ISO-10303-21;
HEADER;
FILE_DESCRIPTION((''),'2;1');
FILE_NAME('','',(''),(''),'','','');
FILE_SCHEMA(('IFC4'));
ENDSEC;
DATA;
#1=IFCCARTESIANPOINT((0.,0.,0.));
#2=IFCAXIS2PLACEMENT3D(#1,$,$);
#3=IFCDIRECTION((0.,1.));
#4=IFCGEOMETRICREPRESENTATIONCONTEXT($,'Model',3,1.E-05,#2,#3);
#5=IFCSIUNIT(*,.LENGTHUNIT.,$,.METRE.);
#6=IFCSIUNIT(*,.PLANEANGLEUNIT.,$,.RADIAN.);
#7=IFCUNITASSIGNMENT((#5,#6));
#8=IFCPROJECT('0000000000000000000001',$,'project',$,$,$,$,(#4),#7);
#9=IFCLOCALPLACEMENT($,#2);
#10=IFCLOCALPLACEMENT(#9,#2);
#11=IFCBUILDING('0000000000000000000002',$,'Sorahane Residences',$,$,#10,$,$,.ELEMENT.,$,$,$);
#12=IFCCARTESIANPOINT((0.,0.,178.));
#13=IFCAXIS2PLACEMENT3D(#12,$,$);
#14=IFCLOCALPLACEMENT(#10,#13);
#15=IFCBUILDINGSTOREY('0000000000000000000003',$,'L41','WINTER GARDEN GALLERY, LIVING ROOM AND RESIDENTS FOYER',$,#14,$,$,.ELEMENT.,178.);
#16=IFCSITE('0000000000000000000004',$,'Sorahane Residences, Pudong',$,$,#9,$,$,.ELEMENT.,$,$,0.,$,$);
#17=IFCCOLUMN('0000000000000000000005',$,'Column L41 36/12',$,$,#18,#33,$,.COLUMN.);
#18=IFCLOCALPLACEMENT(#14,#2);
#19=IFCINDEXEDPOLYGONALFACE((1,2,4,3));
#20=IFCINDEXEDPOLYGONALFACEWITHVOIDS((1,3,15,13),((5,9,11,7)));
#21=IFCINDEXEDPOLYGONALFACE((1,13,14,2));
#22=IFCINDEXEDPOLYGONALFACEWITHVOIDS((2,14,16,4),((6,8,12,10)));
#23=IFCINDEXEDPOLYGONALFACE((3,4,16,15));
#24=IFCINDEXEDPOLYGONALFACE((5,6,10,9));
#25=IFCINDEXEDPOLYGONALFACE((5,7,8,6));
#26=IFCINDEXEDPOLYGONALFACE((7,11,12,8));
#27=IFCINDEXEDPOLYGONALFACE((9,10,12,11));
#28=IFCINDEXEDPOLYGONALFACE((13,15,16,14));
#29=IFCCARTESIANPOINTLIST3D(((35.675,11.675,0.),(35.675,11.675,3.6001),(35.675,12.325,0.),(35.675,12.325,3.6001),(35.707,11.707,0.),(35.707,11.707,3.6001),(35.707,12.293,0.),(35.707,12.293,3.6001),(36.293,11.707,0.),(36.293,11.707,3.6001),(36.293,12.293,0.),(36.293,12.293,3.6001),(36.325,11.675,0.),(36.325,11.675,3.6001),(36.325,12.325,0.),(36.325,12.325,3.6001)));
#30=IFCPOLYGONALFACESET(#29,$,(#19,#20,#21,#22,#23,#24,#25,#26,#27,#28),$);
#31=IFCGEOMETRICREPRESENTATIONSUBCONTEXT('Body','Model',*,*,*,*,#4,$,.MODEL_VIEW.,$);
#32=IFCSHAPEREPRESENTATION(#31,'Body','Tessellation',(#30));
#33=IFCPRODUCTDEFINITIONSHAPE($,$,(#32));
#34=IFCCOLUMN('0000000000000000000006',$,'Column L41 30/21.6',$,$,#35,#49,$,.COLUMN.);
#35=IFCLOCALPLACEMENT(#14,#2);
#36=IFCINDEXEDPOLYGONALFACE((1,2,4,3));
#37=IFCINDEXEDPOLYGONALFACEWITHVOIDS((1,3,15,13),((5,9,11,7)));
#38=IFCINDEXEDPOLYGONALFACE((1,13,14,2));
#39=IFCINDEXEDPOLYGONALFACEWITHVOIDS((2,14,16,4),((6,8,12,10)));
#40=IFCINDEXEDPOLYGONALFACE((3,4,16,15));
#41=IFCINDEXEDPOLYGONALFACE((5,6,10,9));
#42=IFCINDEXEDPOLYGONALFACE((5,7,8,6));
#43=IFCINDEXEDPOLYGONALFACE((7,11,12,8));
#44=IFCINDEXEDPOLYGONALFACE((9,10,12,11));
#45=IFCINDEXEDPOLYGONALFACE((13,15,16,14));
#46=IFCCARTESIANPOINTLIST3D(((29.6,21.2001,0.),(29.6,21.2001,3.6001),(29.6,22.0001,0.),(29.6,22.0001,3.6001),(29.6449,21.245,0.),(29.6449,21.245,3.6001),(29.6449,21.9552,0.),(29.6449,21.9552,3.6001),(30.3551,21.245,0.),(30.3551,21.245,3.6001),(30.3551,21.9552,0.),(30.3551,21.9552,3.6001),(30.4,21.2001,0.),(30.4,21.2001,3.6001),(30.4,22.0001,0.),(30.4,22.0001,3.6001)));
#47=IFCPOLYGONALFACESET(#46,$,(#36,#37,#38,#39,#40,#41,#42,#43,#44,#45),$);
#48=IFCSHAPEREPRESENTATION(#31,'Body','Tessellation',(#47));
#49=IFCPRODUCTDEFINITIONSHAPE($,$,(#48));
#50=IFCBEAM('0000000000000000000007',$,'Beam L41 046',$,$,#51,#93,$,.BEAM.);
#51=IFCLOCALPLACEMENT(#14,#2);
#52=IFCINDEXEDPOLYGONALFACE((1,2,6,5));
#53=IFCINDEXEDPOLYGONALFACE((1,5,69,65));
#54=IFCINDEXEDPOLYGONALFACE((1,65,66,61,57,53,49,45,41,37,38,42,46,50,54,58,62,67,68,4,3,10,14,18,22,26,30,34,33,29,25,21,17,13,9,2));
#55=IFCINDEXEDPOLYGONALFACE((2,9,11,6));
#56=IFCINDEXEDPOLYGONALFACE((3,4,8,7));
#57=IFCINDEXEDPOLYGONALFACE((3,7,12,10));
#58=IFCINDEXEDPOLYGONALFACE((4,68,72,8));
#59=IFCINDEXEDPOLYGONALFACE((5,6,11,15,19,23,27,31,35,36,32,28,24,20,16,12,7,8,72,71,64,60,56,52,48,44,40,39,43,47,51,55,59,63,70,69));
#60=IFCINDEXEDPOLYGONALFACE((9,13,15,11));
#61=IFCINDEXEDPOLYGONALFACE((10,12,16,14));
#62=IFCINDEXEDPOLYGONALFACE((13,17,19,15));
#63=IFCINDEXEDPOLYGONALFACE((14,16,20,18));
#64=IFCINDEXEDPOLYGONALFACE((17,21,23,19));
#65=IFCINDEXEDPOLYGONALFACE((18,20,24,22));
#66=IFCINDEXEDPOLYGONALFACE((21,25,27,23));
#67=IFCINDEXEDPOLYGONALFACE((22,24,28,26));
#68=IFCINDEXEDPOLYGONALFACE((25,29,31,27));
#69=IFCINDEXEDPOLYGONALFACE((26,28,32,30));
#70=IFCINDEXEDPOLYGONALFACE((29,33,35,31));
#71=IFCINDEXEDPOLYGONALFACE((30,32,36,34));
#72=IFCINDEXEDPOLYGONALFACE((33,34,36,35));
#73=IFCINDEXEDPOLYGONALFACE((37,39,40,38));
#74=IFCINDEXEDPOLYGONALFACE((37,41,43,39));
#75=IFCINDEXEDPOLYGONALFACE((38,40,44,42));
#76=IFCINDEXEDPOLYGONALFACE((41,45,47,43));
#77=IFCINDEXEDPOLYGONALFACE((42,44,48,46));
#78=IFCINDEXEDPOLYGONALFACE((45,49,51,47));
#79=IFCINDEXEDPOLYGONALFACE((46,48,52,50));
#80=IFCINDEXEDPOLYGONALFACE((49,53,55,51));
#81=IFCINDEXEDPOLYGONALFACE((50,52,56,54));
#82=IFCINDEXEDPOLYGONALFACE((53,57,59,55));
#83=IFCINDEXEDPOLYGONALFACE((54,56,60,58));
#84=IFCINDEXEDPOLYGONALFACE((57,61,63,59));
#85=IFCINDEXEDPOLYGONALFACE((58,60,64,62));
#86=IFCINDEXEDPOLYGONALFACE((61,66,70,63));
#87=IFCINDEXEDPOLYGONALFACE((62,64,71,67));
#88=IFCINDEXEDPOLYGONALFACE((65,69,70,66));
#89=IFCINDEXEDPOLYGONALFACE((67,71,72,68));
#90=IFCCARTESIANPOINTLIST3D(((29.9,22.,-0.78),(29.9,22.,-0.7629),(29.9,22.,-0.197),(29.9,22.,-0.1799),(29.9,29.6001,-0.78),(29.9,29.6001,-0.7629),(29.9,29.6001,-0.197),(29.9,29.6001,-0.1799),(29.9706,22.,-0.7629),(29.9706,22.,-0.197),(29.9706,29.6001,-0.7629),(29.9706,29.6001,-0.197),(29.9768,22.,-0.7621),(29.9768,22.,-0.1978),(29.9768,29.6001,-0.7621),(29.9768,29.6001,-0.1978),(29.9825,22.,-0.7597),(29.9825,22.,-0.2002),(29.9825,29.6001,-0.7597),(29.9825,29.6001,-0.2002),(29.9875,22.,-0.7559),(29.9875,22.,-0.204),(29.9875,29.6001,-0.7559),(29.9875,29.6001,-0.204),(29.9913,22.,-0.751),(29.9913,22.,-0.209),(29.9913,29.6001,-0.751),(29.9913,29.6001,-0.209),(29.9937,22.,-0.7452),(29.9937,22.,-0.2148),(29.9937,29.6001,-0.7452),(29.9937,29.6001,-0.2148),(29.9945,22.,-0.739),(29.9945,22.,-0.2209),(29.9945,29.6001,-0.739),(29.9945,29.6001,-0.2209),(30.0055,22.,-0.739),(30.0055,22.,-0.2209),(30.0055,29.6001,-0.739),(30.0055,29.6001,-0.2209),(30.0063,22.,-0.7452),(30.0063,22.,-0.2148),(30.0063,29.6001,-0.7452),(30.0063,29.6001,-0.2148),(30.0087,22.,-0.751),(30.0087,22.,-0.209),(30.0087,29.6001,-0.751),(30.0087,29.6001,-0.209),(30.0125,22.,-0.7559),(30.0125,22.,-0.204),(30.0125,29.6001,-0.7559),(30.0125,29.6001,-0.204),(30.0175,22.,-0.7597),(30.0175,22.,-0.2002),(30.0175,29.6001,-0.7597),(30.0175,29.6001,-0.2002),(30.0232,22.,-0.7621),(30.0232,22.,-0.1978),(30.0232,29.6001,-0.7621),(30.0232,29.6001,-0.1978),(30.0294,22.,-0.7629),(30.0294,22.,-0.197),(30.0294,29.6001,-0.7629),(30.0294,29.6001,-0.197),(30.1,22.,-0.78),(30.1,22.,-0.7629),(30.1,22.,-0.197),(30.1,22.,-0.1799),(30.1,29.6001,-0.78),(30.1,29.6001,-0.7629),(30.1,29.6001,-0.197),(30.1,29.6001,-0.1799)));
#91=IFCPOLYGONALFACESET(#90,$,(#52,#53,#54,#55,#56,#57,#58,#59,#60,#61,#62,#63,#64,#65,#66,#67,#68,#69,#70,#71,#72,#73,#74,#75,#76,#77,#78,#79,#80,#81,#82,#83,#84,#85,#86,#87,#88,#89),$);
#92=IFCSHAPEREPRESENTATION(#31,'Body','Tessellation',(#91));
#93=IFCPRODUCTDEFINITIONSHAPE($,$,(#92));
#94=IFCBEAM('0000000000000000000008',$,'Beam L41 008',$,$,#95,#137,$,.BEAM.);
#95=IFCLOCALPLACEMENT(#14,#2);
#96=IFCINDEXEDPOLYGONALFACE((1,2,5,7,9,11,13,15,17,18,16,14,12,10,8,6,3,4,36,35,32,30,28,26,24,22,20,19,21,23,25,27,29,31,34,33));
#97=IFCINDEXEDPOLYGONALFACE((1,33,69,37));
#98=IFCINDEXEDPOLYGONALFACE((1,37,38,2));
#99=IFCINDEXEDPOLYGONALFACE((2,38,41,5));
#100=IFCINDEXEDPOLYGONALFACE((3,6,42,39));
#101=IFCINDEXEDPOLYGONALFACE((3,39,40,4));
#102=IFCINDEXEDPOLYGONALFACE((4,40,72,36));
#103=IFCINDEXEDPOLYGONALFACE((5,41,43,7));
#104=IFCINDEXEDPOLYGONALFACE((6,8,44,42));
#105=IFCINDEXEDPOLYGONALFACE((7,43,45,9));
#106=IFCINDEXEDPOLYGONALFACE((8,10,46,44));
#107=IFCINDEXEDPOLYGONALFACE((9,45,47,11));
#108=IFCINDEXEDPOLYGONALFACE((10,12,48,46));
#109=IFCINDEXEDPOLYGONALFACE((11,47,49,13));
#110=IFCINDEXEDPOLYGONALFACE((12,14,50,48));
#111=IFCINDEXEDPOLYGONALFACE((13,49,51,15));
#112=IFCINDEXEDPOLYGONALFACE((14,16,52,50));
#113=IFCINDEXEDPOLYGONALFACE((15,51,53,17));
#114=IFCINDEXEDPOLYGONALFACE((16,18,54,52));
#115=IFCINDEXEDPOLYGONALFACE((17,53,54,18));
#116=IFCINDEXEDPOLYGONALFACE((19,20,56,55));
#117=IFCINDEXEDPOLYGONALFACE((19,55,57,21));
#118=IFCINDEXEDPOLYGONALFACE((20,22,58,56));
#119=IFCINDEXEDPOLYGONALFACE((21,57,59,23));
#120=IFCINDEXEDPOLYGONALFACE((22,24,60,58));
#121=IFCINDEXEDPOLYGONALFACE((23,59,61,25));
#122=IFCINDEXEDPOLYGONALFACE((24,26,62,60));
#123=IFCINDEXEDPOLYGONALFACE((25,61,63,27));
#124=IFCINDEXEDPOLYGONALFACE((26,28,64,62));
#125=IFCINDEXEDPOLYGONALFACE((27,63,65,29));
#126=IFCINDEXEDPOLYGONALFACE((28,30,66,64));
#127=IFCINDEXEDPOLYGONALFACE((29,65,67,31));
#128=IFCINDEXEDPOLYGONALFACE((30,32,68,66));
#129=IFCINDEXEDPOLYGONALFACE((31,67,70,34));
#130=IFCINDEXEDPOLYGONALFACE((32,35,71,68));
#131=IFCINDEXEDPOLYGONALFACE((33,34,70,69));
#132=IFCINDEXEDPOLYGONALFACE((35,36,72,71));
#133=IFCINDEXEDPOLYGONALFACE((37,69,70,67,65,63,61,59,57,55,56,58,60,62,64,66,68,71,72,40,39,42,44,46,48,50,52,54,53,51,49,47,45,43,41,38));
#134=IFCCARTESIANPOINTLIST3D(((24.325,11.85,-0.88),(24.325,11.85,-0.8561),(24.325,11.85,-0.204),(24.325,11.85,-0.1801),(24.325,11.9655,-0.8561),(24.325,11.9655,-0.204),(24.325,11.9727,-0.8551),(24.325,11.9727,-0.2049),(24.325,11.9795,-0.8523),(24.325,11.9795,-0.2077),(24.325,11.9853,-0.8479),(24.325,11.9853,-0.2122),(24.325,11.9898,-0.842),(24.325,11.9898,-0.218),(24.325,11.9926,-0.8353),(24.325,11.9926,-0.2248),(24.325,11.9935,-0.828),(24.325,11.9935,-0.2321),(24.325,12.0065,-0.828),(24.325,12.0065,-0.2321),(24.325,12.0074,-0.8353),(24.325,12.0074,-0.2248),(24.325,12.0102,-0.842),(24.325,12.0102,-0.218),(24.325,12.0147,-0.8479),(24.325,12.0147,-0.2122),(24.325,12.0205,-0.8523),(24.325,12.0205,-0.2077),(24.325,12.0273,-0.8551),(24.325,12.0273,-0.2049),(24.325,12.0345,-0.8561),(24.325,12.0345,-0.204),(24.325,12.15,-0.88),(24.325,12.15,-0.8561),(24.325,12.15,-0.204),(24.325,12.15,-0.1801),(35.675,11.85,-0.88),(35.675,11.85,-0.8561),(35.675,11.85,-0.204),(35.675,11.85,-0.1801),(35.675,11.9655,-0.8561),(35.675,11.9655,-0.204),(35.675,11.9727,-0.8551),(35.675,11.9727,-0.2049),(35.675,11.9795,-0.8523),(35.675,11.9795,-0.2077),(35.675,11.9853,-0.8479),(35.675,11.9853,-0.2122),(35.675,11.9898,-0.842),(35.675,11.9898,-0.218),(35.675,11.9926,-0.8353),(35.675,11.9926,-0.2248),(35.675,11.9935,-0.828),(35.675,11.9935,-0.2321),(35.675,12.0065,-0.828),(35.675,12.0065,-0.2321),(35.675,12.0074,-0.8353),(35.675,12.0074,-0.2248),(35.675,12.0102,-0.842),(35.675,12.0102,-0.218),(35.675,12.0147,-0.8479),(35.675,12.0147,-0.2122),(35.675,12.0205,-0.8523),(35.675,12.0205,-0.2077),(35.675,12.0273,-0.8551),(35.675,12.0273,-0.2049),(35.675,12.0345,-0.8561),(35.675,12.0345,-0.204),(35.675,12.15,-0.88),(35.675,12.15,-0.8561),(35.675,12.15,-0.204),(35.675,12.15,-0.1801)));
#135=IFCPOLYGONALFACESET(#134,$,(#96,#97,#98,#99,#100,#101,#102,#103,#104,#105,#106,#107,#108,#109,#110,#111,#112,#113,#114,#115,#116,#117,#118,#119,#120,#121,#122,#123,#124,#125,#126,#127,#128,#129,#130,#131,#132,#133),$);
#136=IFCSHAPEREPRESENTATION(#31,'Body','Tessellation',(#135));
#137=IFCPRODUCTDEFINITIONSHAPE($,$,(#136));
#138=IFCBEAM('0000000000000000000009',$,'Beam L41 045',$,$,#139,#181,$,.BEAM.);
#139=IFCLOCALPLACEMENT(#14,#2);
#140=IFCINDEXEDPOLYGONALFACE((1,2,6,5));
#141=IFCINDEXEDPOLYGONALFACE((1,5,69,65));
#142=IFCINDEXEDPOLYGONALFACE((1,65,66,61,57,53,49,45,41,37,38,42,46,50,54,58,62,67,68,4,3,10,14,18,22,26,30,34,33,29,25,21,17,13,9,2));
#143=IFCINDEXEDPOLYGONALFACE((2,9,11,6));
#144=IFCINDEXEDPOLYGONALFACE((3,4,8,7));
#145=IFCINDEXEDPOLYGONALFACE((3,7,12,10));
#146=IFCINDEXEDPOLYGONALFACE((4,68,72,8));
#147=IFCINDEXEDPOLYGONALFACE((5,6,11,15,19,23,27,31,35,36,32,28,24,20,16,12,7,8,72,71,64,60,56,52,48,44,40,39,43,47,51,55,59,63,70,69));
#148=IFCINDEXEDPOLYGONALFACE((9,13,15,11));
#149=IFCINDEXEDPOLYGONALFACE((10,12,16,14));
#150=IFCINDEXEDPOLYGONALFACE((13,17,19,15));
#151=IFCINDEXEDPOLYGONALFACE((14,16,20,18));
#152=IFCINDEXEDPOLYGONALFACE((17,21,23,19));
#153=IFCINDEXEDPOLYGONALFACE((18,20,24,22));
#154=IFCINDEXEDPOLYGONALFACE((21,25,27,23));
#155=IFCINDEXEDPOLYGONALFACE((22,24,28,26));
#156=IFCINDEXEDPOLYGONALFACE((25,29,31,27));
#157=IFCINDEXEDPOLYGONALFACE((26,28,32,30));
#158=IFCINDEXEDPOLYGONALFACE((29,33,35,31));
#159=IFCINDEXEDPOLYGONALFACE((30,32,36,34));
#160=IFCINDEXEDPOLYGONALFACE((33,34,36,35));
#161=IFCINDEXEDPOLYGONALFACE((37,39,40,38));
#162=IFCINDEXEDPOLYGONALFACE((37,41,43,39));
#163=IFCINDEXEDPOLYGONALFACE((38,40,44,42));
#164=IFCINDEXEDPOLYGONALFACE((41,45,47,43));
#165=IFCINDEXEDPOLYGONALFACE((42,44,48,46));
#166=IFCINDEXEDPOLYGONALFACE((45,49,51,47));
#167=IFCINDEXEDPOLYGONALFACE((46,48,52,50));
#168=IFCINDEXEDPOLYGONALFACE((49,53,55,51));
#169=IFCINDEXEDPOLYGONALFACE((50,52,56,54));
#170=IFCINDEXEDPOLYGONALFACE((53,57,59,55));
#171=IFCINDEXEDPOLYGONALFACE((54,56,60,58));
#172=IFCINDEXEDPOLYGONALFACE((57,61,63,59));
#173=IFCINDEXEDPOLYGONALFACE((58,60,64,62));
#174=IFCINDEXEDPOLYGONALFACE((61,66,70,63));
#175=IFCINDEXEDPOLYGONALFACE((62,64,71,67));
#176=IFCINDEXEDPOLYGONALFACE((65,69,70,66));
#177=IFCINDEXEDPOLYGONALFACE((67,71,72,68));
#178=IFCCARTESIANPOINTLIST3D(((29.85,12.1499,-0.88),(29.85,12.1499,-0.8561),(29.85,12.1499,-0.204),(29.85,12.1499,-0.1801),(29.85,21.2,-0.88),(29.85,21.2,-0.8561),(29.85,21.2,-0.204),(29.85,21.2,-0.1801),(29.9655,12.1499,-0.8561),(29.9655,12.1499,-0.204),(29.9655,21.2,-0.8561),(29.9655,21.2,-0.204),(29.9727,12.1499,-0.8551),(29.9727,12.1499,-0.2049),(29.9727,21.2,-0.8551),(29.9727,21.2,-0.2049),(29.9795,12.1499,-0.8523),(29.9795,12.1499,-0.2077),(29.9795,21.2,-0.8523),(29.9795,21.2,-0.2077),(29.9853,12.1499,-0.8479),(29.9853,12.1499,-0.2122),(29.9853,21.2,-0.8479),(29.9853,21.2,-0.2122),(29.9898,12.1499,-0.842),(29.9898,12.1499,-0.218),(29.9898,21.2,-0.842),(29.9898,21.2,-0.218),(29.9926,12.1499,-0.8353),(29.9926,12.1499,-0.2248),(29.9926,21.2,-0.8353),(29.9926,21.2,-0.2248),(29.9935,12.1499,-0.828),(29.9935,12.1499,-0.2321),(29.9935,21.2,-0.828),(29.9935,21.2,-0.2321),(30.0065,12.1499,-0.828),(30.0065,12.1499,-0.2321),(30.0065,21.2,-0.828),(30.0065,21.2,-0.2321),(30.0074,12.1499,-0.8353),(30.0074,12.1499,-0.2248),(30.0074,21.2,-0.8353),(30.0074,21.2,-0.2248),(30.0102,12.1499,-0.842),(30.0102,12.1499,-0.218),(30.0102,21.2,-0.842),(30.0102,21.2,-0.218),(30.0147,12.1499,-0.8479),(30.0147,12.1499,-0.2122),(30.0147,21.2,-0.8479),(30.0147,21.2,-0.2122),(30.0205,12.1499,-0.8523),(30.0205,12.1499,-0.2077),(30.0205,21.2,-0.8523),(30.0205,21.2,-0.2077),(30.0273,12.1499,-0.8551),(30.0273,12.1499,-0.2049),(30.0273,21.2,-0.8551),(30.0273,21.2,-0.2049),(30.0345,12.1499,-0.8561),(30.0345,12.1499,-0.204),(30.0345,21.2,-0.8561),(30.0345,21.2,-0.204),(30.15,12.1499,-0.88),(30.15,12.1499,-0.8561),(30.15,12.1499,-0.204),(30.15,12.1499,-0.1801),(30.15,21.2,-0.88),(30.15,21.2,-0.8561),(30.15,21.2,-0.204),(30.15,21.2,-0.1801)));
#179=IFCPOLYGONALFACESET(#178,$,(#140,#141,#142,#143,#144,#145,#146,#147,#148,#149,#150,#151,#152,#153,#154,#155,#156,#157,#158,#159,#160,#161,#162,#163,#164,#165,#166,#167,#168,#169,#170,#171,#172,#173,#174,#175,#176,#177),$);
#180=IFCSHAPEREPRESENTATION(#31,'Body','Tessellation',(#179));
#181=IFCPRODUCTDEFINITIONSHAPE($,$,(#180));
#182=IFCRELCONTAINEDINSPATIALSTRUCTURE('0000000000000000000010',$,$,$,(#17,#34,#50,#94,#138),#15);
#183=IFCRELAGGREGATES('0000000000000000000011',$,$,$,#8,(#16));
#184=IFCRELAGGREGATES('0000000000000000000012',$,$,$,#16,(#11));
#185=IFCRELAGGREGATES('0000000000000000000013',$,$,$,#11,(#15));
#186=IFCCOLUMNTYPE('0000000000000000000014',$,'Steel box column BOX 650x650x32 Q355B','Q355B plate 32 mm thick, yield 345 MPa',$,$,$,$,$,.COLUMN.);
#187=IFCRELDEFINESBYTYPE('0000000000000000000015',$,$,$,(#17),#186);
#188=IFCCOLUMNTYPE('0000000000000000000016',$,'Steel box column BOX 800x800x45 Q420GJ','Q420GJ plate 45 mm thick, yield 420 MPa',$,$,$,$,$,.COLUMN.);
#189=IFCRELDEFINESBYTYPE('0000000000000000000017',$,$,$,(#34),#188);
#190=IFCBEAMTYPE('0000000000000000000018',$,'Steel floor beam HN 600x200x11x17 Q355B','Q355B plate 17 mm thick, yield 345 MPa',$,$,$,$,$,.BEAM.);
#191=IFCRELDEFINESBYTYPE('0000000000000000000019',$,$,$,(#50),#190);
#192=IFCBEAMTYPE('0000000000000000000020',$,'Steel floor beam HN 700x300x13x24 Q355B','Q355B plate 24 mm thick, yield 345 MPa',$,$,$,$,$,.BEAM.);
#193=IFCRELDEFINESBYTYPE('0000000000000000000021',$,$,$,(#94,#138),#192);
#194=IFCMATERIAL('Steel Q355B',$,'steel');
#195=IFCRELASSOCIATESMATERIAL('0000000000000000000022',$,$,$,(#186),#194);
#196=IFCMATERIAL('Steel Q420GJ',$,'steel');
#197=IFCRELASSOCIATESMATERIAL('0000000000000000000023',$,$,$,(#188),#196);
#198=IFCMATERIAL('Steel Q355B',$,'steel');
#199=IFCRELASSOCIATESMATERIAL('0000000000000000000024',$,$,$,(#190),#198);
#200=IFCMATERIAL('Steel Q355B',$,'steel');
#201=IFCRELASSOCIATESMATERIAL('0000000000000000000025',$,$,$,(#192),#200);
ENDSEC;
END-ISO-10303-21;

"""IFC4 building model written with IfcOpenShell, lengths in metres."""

from ifc_helpers import new_model, si_unit, direction, frame, origin, origin_2d, place, context, subcontext, project, spatial, hollow_rectangle, i_section, extrude, material, material_profile, profile_set, type_object, element, save


model = new_model("IFC4")

# Units and contexts
model_context = context("Model", 3, precision=1e-05, world=origin(), true_north=direction((0.0, 1.0)))
body_context = subcontext(model_context, "Body", "Model", "MODEL_VIEW")
ifc_project = project(units=[si_unit("LENGTHUNIT", "METRE"), si_unit("PLANEANGLEUNIT", "RADIAN")], contexts=[model_context])

# Site, building, storey
site_placement = place(None, origin())
site = spatial("IfcSite", under=ifc_project, at=site_placement, Name="Sorahane Residences, Pudong", CompositionType="ELEMENT", RefElevation=0.0)
building_placement = place(site_placement, origin())
building = spatial("IfcBuilding", under=site, at=building_placement, Name="Sorahane Residences", CompositionType="ELEMENT")
storey_placement = place(building_placement, frame((0.0, 0.0, 178.0)))
storey = spatial("IfcBuildingStorey", under=building, at=storey_placement, Name="L41", Description="WINTER GARDEN GALLERY, LIVING ROOM AND RESIDENTS FOYER", CompositionType="ELEMENT", Elevation=178.0)

# Columns
ifc_material_1 = material(Name="Steel Q355B", Category="steel")
ifc_material_profile_1 = material_profile(ifc_material_1, hollow_rectangle(XDim=0.6499, YDim=0.6499, WallThickness=0.032, at=origin_2d()), Name="BOX 650x650x32")
ifc_profile_set_1 = profile_set([ifc_material_profile_1], Name="Steel Q355B")
column_type_1 = type_object("IfcColumnType", Name="Steel box column BOX 650x650x32 Q355B", Description="Q355B plate 32 mm thick, yield 345 MPa", PredefinedType="COLUMN", material=ifc_profile_set_1)
column_1_placement = place(storey_placement, frame((36.0, 12.0, 0.0), z_axis=(0.0, 0.0, 1.0), x_axis=(1.0, 0.0, 0.0)))
element("IfcColumn", 1, at=column_1_placement, inside=storey, type_object=column_type_1, Name="Column L41 36/12", PredefinedType="COLUMN", context=body_context, shape_type="SweptSolid", body=[
    extrude(hollow_rectangle(XDim=0.6499, YDim=0.6499, WallThickness=0.032, at=origin_2d()), origin(), (0.0, 0.0, 1.0), 3.6001),
])
ifc_material_2 = material(Name="Steel Q420GJ", Category="steel")
ifc_material_profile_2 = material_profile(ifc_material_2, hollow_rectangle(XDim=0.8, YDim=0.8, WallThickness=0.0449, at=origin_2d()), Name="BOX 800x800x45")
ifc_profile_set_2 = profile_set([ifc_material_profile_2], Name="Steel Q420GJ")
column_type_2 = type_object("IfcColumnType", Name="Steel box column BOX 800x800x45 Q420GJ", Description="Q420GJ plate 45 mm thick, yield 420 MPa", PredefinedType="COLUMN", material=ifc_profile_set_2)
column_2_placement = place(storey_placement, frame((30.0, 21.6001, 0.0), z_axis=(0.0, 0.0, 1.0), x_axis=(1.0, 0.0, 0.0)))
element("IfcColumn", 2, at=column_2_placement, inside=storey, type_object=column_type_2, Name="Column L41 30/21.6", PredefinedType="COLUMN", context=body_context, shape_type="SweptSolid", body=[
    extrude(hollow_rectangle(XDim=0.8, YDim=0.8, WallThickness=0.0449, at=origin_2d()), origin(), (0.0, 0.0, 1.0), 3.6001),
])

# Beams
ifc_material_3 = material(Name="Steel Q355B", Category="steel")
ifc_material_profile_3 = material_profile(ifc_material_3, i_section(OverallWidth=0.2, OverallDepth=0.6001, WebThickness=0.011, FlangeThickness=0.0171, FilletRadius=0.0239, at=origin_2d()), Name="HN 600x200x11x17")
ifc_profile_set_3 = profile_set([ifc_material_profile_3], Name="Steel Q355B")
beam_type_1 = type_object("IfcBeamType", Name="Steel floor beam HN 600x200x11x17 Q355B", Description="Q355B plate 17 mm thick, yield 345 MPa", PredefinedType="BEAM", material=ifc_profile_set_3)
beam_1_placement = place(storey_placement, frame((30.0, 22.0, -0.48), z_axis=(0.0, 1.0, 0.0), x_axis=(-1.0, 0.0, 0.0)))
element("IfcBeam", 3, at=beam_1_placement, inside=storey, type_object=beam_type_1, Name="Beam L41 046", PredefinedType="BEAM", context=body_context, shape_type="SweptSolid", body=[
    extrude(i_section(OverallWidth=0.2, OverallDepth=0.6001, WebThickness=0.011, FlangeThickness=0.0171, FilletRadius=0.0239, at=origin_2d()), origin(), (0.0, 0.0, 1.0), 7.6001),
])
ifc_material_4 = material(Name="Steel Q355B", Category="steel")
ifc_material_profile_4 = material_profile(ifc_material_4, i_section(OverallWidth=0.3, OverallDepth=0.7, WebThickness=0.0129, FlangeThickness=0.0239, FilletRadius=0.0281, at=origin_2d()), Name="HN 700x300x13x24")
ifc_profile_set_4 = profile_set([ifc_material_profile_4], Name="Steel Q355B")
beam_type_2 = type_object("IfcBeamType", Name="Steel floor beam HN 700x300x13x24 Q355B", Description="Q355B plate 24 mm thick, yield 345 MPa", PredefinedType="BEAM", material=ifc_profile_set_4)
beam_2_placement = place(storey_placement, frame((24.325, 12.0, -0.53), z_axis=(1.0, 0.0, 0.0), x_axis=(0.0, 1.0, 0.0)))
element("IfcBeam", 4, at=beam_2_placement, inside=storey, type_object=beam_type_2, Name="Beam L41 008", PredefinedType="BEAM", context=body_context, shape_type="SweptSolid", body=[
    extrude(i_section(OverallWidth=0.3, OverallDepth=0.7, WebThickness=0.0129, FlangeThickness=0.0239, FilletRadius=0.0281, at=origin_2d()), origin(), (0.0, 0.0, 1.0), 11.3501),
])
beam_3_placement = place(storey_placement, frame((30.0, 12.1499, -0.53), z_axis=(0.0, 1.0, 0.0), x_axis=(-1.0, 0.0, 0.0)))
element("IfcBeam", 5, at=beam_3_placement, inside=storey, type_object=beam_type_2, Name="Beam L41 045", PredefinedType="BEAM", context=body_context, shape_type="SweptSolid", body=[
    extrude(i_section(OverallWidth=0.3, OverallDepth=0.7, WebThickness=0.0129, FlangeThickness=0.0239, FilletRadius=0.0281, at=origin_2d()), origin(), (0.0, 0.0, 1.0), 9.05),
])

save(model, "model.ifc")
